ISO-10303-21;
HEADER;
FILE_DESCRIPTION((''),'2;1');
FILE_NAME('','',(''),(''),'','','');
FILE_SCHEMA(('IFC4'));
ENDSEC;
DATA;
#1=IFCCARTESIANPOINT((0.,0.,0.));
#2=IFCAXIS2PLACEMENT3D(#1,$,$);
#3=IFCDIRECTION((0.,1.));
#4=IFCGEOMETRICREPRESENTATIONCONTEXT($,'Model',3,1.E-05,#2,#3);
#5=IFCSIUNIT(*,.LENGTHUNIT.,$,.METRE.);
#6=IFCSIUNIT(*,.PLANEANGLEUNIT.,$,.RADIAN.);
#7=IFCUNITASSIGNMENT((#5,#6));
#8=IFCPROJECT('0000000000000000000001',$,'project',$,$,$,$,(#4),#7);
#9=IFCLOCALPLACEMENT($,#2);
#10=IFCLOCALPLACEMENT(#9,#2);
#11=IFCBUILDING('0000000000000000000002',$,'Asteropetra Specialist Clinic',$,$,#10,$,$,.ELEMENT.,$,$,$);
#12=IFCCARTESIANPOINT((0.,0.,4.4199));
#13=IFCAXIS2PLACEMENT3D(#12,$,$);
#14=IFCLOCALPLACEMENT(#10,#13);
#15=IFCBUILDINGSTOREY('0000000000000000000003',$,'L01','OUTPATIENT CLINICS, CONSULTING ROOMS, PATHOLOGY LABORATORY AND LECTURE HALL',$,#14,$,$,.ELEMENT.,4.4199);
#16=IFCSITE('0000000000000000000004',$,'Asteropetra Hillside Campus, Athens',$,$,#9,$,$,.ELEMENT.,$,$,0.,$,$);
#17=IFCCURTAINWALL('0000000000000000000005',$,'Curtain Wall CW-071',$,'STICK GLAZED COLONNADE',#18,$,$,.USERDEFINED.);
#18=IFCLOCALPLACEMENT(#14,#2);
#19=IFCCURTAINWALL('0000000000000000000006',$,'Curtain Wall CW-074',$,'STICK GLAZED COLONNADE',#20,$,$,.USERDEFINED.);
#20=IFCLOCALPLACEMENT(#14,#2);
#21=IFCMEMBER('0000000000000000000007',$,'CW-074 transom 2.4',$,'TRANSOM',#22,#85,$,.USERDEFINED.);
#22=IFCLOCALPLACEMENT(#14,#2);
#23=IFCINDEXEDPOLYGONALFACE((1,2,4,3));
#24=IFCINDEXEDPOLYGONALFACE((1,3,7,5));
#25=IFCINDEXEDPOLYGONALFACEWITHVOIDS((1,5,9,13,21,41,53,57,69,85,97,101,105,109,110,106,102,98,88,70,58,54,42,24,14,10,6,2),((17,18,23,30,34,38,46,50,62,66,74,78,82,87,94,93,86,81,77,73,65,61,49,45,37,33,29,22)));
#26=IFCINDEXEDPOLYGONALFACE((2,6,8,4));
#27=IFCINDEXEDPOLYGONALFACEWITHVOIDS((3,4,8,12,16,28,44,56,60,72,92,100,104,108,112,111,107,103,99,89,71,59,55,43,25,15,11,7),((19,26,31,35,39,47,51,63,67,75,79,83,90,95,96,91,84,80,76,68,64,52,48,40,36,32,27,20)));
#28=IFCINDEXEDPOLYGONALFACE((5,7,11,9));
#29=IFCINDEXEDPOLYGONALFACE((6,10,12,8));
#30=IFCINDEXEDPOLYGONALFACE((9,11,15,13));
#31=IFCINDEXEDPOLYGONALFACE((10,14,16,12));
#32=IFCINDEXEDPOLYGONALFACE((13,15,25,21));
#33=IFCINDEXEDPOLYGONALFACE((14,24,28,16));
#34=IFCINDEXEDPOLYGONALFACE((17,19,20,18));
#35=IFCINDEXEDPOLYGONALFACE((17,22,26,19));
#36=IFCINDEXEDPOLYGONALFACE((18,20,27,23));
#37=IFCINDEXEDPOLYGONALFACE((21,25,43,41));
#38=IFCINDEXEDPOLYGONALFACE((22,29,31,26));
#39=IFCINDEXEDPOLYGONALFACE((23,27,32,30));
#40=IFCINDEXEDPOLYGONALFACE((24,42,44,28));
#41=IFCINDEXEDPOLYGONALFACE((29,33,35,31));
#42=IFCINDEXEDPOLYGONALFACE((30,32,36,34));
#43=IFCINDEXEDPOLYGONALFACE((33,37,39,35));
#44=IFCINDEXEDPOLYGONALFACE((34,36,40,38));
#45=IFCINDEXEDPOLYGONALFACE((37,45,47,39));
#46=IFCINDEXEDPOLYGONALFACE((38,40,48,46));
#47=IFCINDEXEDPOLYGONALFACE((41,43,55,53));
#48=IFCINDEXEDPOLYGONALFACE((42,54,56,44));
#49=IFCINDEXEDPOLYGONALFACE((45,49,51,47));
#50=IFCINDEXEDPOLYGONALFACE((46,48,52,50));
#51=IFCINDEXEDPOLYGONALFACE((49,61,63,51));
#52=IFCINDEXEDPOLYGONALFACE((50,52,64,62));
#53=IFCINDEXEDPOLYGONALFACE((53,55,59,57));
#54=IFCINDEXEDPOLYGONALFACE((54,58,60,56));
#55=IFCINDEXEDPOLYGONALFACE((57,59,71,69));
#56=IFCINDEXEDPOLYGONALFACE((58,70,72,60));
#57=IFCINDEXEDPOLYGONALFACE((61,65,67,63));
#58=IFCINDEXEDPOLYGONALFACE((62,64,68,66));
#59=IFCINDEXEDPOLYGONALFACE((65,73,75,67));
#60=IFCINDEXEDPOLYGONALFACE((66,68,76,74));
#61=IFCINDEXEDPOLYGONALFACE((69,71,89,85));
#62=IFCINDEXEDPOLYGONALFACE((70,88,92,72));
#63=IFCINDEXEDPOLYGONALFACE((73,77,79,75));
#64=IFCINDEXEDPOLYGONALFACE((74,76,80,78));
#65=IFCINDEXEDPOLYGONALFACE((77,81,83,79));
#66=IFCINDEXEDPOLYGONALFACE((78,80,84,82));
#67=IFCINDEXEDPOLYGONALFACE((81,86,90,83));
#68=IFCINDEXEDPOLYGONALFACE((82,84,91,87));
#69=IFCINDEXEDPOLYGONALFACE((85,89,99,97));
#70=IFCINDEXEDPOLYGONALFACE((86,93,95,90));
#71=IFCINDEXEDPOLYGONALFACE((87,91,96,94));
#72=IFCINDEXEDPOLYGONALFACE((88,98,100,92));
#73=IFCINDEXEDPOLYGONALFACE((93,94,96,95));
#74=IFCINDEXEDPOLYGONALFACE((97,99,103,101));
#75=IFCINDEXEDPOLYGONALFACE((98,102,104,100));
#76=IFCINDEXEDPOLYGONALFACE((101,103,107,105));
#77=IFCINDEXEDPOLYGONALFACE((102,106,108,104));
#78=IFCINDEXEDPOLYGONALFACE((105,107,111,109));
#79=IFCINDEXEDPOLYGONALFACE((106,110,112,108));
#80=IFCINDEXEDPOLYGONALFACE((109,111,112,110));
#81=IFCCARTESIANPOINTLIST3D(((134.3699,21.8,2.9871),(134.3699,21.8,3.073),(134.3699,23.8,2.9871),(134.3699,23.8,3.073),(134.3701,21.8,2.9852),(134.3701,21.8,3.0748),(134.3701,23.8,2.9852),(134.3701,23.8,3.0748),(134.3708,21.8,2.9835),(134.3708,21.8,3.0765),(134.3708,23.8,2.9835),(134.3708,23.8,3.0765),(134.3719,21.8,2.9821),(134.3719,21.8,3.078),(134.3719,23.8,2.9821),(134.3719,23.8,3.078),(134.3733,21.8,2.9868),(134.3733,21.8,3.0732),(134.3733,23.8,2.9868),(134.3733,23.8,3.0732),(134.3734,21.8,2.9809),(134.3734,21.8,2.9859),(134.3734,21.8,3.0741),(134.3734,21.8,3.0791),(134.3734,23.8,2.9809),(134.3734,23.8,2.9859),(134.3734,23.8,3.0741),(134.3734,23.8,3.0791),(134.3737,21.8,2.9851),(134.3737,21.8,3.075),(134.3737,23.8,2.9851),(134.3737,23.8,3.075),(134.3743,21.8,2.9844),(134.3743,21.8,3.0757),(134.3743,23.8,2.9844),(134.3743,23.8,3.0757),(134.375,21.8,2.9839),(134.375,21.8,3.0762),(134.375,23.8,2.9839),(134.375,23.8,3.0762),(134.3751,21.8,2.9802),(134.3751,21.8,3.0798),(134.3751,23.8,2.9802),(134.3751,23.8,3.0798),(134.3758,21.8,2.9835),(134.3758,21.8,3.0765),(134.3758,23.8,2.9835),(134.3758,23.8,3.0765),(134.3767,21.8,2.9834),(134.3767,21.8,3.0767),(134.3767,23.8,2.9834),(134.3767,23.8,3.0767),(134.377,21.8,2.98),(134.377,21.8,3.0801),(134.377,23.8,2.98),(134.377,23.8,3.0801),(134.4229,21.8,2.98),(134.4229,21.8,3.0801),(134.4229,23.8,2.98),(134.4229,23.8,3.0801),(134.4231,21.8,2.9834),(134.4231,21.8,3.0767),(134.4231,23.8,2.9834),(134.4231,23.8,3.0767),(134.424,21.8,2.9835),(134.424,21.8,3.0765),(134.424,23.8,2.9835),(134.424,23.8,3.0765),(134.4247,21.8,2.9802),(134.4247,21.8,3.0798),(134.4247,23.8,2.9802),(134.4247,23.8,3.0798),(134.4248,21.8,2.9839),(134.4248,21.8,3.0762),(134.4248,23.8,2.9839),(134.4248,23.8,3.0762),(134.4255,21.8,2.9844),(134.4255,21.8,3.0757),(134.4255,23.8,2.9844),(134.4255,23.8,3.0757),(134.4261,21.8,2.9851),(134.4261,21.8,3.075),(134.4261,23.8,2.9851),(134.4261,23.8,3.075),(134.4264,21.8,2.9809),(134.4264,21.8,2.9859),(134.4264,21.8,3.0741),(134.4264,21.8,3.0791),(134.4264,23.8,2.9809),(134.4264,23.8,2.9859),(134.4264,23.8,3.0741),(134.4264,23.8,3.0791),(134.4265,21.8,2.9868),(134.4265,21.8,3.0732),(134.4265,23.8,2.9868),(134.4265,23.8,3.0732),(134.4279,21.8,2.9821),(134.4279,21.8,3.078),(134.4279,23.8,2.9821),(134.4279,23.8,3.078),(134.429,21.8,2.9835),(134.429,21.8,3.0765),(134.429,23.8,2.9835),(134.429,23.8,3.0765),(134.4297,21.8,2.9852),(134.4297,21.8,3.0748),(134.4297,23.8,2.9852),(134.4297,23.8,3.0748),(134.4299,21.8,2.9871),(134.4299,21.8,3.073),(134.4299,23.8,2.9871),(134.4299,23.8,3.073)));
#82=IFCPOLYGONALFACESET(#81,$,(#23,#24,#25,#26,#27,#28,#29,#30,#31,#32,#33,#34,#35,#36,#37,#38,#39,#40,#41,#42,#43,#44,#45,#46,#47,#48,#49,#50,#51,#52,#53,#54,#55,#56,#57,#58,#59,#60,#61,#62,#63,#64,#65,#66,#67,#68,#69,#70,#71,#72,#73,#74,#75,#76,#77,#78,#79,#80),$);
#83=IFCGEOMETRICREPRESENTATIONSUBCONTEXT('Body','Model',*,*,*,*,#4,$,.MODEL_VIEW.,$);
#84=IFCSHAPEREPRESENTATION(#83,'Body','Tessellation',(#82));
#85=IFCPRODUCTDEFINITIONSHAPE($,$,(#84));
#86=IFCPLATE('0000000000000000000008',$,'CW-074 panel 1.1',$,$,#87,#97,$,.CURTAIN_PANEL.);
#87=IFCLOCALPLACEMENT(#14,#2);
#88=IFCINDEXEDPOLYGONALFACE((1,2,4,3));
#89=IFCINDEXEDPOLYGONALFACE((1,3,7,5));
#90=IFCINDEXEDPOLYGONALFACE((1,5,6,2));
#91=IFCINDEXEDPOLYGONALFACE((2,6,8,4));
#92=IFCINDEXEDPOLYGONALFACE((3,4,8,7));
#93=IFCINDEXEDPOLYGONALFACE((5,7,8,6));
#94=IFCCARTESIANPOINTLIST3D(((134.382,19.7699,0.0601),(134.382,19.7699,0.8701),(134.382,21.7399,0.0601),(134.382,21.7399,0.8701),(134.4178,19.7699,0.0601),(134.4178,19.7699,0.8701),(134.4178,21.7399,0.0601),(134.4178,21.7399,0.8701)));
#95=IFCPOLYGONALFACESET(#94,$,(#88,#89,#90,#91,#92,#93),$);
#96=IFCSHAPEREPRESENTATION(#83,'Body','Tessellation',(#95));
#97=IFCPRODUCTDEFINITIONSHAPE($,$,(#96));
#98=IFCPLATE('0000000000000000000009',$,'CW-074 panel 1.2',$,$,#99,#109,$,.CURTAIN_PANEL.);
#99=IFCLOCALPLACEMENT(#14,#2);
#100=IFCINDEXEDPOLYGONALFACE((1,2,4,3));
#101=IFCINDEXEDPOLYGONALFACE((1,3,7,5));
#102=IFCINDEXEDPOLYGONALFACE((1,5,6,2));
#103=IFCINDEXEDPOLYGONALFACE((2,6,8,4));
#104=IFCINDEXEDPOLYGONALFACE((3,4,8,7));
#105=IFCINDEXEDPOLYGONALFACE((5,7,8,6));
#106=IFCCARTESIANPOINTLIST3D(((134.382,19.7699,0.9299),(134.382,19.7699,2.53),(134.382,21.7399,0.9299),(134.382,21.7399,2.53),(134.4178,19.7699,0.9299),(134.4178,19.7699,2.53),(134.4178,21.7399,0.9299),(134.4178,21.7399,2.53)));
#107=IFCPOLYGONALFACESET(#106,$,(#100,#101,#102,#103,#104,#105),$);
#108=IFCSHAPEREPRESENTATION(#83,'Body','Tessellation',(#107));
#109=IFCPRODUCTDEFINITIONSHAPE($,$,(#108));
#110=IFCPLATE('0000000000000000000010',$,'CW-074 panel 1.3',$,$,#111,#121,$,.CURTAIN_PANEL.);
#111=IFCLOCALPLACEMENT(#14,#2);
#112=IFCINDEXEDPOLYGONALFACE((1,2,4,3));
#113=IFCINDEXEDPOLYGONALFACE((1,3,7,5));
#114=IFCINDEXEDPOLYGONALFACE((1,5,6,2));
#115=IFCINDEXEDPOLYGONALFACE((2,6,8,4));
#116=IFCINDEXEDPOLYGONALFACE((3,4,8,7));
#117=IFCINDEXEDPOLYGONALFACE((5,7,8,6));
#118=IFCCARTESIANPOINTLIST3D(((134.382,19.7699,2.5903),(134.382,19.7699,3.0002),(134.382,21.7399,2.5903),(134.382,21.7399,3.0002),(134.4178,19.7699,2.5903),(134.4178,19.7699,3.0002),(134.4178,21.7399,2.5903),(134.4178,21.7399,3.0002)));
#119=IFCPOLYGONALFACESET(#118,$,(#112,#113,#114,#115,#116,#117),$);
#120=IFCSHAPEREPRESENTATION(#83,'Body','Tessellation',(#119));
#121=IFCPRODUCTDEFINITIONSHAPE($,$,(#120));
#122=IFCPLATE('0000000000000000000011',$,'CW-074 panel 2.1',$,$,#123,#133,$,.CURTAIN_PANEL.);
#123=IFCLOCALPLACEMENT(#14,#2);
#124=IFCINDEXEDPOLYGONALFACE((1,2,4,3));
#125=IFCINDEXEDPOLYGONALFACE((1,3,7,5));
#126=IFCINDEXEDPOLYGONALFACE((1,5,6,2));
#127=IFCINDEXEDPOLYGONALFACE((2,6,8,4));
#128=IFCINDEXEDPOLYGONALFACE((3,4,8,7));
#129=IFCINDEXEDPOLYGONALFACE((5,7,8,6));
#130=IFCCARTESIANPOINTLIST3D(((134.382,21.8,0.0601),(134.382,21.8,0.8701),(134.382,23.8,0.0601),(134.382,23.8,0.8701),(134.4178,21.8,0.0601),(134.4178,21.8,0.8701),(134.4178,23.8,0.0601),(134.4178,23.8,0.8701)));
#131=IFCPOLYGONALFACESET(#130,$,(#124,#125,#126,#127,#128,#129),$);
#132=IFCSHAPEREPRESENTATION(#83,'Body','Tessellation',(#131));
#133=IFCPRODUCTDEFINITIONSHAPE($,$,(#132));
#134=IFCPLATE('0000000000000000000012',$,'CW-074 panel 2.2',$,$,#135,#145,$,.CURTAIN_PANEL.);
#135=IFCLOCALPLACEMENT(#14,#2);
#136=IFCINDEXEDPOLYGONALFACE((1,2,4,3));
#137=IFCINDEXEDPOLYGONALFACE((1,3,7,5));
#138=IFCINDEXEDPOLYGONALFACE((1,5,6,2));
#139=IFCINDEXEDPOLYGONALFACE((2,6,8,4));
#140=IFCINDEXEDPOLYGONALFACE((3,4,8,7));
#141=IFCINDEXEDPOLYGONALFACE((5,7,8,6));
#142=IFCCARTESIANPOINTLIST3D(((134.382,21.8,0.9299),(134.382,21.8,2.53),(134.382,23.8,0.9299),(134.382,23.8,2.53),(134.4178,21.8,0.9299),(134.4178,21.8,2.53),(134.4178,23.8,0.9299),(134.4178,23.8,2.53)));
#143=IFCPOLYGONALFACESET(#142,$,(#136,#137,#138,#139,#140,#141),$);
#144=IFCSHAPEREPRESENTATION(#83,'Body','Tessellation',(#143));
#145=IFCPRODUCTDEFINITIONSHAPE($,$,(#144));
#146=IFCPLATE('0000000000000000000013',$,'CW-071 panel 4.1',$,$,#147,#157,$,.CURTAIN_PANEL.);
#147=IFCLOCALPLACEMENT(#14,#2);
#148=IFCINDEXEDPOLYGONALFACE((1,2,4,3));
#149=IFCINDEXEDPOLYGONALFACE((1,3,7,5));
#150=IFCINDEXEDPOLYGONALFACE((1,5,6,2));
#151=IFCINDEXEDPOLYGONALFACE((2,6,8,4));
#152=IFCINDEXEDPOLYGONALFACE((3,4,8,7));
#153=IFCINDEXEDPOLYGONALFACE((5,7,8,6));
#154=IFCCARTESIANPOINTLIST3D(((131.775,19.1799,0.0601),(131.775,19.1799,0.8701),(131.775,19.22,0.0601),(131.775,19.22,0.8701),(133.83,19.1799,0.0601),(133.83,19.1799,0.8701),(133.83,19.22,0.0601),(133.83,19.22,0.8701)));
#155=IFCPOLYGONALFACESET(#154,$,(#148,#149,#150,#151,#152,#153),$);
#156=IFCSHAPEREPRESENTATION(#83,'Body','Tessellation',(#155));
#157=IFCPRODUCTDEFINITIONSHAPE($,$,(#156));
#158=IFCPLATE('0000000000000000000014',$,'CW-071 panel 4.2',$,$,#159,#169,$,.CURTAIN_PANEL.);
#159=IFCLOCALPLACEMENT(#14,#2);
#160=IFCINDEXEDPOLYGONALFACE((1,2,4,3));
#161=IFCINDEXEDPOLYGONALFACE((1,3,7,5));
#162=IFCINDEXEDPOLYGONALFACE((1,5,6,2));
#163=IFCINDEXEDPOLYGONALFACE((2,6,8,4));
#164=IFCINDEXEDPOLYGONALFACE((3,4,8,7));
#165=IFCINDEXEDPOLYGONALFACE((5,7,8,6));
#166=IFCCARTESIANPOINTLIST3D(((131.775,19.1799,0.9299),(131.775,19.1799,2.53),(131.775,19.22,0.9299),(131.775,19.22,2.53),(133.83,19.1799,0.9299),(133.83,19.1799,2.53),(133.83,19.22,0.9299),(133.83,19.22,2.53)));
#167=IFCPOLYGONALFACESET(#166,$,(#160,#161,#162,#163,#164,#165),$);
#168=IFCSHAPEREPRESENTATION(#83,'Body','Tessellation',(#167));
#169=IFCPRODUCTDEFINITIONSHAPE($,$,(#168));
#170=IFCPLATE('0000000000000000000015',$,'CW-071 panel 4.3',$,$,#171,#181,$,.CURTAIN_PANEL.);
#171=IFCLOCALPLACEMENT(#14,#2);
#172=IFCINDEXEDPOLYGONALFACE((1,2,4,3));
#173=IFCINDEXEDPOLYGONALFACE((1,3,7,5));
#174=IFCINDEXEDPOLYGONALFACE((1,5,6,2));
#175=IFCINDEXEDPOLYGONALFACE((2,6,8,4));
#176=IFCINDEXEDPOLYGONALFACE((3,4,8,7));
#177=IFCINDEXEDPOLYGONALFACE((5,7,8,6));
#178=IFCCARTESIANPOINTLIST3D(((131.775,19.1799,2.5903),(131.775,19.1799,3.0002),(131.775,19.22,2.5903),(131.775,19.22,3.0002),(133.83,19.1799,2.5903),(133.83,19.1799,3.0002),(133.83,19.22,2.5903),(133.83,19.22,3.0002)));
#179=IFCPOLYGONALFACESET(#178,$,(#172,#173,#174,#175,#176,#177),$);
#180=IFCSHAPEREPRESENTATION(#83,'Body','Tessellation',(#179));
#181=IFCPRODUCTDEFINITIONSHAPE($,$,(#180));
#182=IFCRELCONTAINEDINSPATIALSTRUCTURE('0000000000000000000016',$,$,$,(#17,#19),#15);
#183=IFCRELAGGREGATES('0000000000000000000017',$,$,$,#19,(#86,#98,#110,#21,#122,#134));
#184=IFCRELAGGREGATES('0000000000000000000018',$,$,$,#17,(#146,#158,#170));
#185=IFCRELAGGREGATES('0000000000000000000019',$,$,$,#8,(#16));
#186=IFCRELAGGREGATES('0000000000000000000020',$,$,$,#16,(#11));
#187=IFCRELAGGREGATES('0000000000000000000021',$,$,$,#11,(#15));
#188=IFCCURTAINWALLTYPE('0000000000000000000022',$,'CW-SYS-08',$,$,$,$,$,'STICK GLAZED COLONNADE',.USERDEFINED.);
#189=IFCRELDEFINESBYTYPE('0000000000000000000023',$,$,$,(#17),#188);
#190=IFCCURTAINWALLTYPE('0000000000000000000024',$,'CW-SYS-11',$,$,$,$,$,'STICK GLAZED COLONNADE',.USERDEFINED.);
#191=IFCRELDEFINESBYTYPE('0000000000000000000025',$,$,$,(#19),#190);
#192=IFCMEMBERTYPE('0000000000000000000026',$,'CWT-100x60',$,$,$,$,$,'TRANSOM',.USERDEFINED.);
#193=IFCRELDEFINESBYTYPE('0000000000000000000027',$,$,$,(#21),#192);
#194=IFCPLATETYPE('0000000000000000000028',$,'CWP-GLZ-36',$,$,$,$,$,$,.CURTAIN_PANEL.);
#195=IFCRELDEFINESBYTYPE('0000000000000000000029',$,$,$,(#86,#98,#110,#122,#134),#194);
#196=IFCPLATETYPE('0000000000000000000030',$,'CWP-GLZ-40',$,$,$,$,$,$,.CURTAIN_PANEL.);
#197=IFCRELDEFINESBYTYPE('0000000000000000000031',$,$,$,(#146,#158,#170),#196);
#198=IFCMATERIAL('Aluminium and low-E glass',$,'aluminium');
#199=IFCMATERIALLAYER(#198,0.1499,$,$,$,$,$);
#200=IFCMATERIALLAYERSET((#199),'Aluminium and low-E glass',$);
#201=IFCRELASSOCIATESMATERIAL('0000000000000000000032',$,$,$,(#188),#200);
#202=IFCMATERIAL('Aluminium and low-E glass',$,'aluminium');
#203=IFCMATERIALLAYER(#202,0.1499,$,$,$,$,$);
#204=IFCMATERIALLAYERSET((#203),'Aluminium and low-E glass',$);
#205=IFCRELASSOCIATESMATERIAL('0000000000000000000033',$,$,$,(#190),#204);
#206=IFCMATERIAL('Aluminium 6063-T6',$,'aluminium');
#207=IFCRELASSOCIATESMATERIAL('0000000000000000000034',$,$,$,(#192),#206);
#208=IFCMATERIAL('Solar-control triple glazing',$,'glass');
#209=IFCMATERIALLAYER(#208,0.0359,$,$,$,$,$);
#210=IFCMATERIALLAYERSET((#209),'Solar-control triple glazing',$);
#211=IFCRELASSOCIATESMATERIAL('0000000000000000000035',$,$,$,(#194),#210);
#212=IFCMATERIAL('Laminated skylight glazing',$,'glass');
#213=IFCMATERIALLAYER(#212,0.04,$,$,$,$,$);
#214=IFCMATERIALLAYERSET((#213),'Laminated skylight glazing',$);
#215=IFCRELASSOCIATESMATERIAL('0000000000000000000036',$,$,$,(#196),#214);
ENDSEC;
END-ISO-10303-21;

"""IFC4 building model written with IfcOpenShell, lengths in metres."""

from ifc_helpers import new_model, si_unit, direction, frame, origin, origin_2d, place, context, subcontext, project, spatial, rectangle, hollow_rectangle, extrude, material, layer, layer_set, material_profile, profile_set, type_object, element, aggregate, save


model = new_model("IFC4")

# Units and contexts
model_context = context("Model", 3, precision=1e-05, world=origin(), true_north=direction((0.0, 1.0)))
body_context = subcontext(model_context, "Body", "Model", "MODEL_VIEW")
ifc_project = project(units=[si_unit("LENGTHUNIT", "METRE"), si_unit("PLANEANGLEUNIT", "RADIAN")], contexts=[model_context])

# Site, building, storey
site_placement = place(None, origin())
site = spatial("IfcSite", under=ifc_project, at=site_placement, Name="Asteropetra Hillside Campus, Athens", CompositionType="ELEMENT", RefElevation=0.0)
building_placement = place(site_placement, origin())
building = spatial("IfcBuilding", under=site, at=building_placement, Name="Asteropetra Specialist Clinic", CompositionType="ELEMENT")
storey_placement = place(building_placement, frame((0.0, 0.0, 4.4199)))
storey = spatial("IfcBuildingStorey", under=building, at=storey_placement, Name="L01", Description="OUTPATIENT CLINICS, CONSULTING ROOMS, PATHOLOGY LABORATORY AND LECTURE HALL", CompositionType="ELEMENT", Elevation=4.4199)

# Curtain wall
ifc_material_1 = material(Name="Aluminium and low-E glass", Category="aluminium")
ifc_layer_1 = layer(ifc_material_1, 0.1499)
ifc_layer_set_1 = layer_set([ifc_layer_1], Name="Aluminium and low-E glass")
curtain_wall_type_1 = type_object("IfcCurtainWallType", Name="CW-SYS-08", ElementType="STICK GLAZED COLONNADE", PredefinedType="USERDEFINED", material=ifc_layer_set_1)
curtain_wall_1_placement = place(storey_placement, origin())
curtain_wall_1 = element("IfcCurtainWall", 1, at=curtain_wall_1_placement, inside=storey, type_object=curtain_wall_type_1, Name="Curtain Wall CW-071", ObjectType="STICK GLAZED COLONNADE", PredefinedType="USERDEFINED")

# Curtain wall
ifc_material_2 = material(Name="Aluminium and low-E glass", Category="aluminium")
ifc_layer_2 = layer(ifc_material_2, 0.1499)
ifc_layer_set_2 = layer_set([ifc_layer_2], Name="Aluminium and low-E glass")
curtain_wall_type_2 = type_object("IfcCurtainWallType", Name="CW-SYS-11", ElementType="STICK GLAZED COLONNADE", PredefinedType="USERDEFINED", material=ifc_layer_set_2)
curtain_wall_2_placement = place(storey_placement, origin())
curtain_wall_2 = element("IfcCurtainWall", 2, at=curtain_wall_2_placement, inside=storey, type_object=curtain_wall_type_2, Name="Curtain Wall CW-074", ObjectType="STICK GLAZED COLONNADE", PredefinedType="USERDEFINED")

# Member
ifc_material_3 = material(Name="Aluminium 6063-T6", Category="aluminium")
ifc_material_profile_1 = material_profile(ifc_material_3, hollow_rectangle(XDim=0.0601, YDim=0.1001, WallThickness=0.0034, InnerFilletRadius=0.0034, OuterFilletRadius=0.0071, at=origin_2d()), Name="TRN 100x60x3.5")
ifc_profile_set_1 = profile_set([ifc_material_profile_1], Name="Aluminium 6063-T6")
member_type_1 = type_object("IfcMemberType", Name="CWT-100x60", ElementType="TRANSOM", PredefinedType="USERDEFINED", material=ifc_profile_set_1)
member_1_placement = place(storey_placement, frame((134.3999, 21.8, 3.03), z_axis=(0.0, 1.0, 0.0), x_axis=(-1.0, 0.0, 0.0)))
member_1 = element("IfcMember", 3, at=member_1_placement, type_object=member_type_1, Name="CW-074 transom 2.4", ObjectType="TRANSOM", PredefinedType="USERDEFINED", context=body_context, shape_type="SweptSolid", body=[
    extrude(hollow_rectangle(XDim=0.0601, YDim=0.1001, WallThickness=0.0034, InnerFilletRadius=0.0034, OuterFilletRadius=0.0071, at=origin_2d()), origin(), (0.0, 0.0, 1.0), 2.0),
])

# Plates
ifc_material_4 = material(Name="Solar-control triple glazing", Category="glass")
ifc_layer_3 = layer(ifc_material_4, 0.0359)
ifc_layer_set_3 = layer_set([ifc_layer_3], Name="Solar-control triple glazing")
plate_type_1 = type_object("IfcPlateType", Name="CWP-GLZ-36", PredefinedType="CURTAIN_PANEL", material=ifc_layer_set_3)
plate_1_placement = place(storey_placement, frame((134.3999, 20.7549, 0.0601), z_axis=(0.0, 0.0, 1.0), x_axis=(0.0, 1.0, 0.0)))
plate_1 = element("IfcPlate", 4, at=plate_1_placement, type_object=plate_type_1, Name="CW-074 panel 1.1", PredefinedType="CURTAIN_PANEL", context=body_context, shape_type="SweptSolid", body=[
    extrude(rectangle(XDim=1.97, YDim=0.0359, at=origin_2d()), origin(), (0.0, 0.0, 1.0), 0.8101),
])
plate_2_placement = place(storey_placement, frame((134.3999, 20.7549, 0.9299), z_axis=(0.0, 0.0, 1.0), x_axis=(0.0, 1.0, 0.0)))
plate_2 = element("IfcPlate", 5, at=plate_2_placement, type_object=plate_type_1, Name="CW-074 panel 1.2", PredefinedType="CURTAIN_PANEL", context=body_context, shape_type="SweptSolid", body=[
    extrude(rectangle(XDim=1.97, YDim=0.0359, at=origin_2d()), origin(), (0.0, 0.0, 1.0), 1.6001),
])
plate_3_placement = place(storey_placement, frame((134.3999, 20.7549, 2.5903), z_axis=(0.0, 0.0, 1.0), x_axis=(0.0, 1.0, 0.0)))
plate_3 = element("IfcPlate", 6, at=plate_3_placement, type_object=plate_type_1, Name="CW-074 panel 1.3", PredefinedType="CURTAIN_PANEL", context=body_context, shape_type="SweptSolid", body=[
    extrude(rectangle(XDim=1.97, YDim=0.0359, at=origin_2d()), origin(), (0.0, 0.0, 1.0), 0.4099),
])
plate_4_placement = place(storey_placement, frame((134.3999, 22.8, 0.0601), z_axis=(0.0, 0.0, 1.0), x_axis=(0.0, 1.0, 0.0)))
plate_4 = element("IfcPlate", 7, at=plate_4_placement, type_object=plate_type_1, Name="CW-074 panel 2.1", PredefinedType="CURTAIN_PANEL", context=body_context, shape_type="SweptSolid", body=[
    extrude(rectangle(XDim=2.0, YDim=0.0359, at=origin_2d()), origin(), (0.0, 0.0, 1.0), 0.8101),
])
plate_5_placement = place(storey_placement, frame((134.3999, 22.8, 0.9299), z_axis=(0.0, 0.0, 1.0), x_axis=(0.0, 1.0, 0.0)))
plate_5 = element("IfcPlate", 8, at=plate_5_placement, type_object=plate_type_1, Name="CW-074 panel 2.2", PredefinedType="CURTAIN_PANEL", context=body_context, shape_type="SweptSolid", body=[
    extrude(rectangle(XDim=2.0, YDim=0.0359, at=origin_2d()), origin(), (0.0, 0.0, 1.0), 1.6001),
])
aggregate(curtain_wall_2, [plate_1, plate_2, plate_3, member_1, plate_4, plate_5])
ifc_material_5 = material(Name="Laminated skylight glazing", Category="glass")
ifc_layer_4 = layer(ifc_material_5, 0.04)
ifc_layer_set_4 = layer_set([ifc_layer_4], Name="Laminated skylight glazing")
plate_type_2 = type_object("IfcPlateType", Name="CWP-GLZ-40", PredefinedType="CURTAIN_PANEL", material=ifc_layer_set_4)
plate_6_placement = place(storey_placement, frame((132.8025, 19.2, 0.0601), z_axis=(0.0, 0.0, 1.0), x_axis=(1.0, 0.0, 0.0)))
plate_6 = element("IfcPlate", 9, at=plate_6_placement, type_object=plate_type_2, Name="CW-071 panel 4.1", PredefinedType="CURTAIN_PANEL", context=body_context, shape_type="SweptSolid", body=[
    extrude(rectangle(XDim=2.0549, YDim=0.04, at=origin_2d()), origin(), (0.0, 0.0, 1.0), 0.8101),
])
plate_7_placement = place(storey_placement, frame((132.8025, 19.2, 0.9299), z_axis=(0.0, 0.0, 1.0), x_axis=(1.0, 0.0, 0.0)))
plate_7 = element("IfcPlate", 10, at=plate_7_placement, type_object=plate_type_2, Name="CW-071 panel 4.2", PredefinedType="CURTAIN_PANEL", context=body_context, shape_type="SweptSolid", body=[
    extrude(rectangle(XDim=2.0549, YDim=0.04, at=origin_2d()), origin(), (0.0, 0.0, 1.0), 1.6001),
])
plate_8_placement = place(storey_placement, frame((132.8025, 19.2, 2.5903), z_axis=(0.0, 0.0, 1.0), x_axis=(1.0, 0.0, 0.0)))
plate_8 = element("IfcPlate", 11, at=plate_8_placement, type_object=plate_type_2, Name="CW-071 panel 4.3", PredefinedType="CURTAIN_PANEL", context=body_context, shape_type="SweptSolid", body=[
    extrude(rectangle(XDim=2.0549, YDim=0.04, at=origin_2d()), origin(), (0.0, 0.0, 1.0), 0.4099),
])
aggregate(curtain_wall_1, [plate_6, plate_7, plate_8])

save(model, "model.ifc")
